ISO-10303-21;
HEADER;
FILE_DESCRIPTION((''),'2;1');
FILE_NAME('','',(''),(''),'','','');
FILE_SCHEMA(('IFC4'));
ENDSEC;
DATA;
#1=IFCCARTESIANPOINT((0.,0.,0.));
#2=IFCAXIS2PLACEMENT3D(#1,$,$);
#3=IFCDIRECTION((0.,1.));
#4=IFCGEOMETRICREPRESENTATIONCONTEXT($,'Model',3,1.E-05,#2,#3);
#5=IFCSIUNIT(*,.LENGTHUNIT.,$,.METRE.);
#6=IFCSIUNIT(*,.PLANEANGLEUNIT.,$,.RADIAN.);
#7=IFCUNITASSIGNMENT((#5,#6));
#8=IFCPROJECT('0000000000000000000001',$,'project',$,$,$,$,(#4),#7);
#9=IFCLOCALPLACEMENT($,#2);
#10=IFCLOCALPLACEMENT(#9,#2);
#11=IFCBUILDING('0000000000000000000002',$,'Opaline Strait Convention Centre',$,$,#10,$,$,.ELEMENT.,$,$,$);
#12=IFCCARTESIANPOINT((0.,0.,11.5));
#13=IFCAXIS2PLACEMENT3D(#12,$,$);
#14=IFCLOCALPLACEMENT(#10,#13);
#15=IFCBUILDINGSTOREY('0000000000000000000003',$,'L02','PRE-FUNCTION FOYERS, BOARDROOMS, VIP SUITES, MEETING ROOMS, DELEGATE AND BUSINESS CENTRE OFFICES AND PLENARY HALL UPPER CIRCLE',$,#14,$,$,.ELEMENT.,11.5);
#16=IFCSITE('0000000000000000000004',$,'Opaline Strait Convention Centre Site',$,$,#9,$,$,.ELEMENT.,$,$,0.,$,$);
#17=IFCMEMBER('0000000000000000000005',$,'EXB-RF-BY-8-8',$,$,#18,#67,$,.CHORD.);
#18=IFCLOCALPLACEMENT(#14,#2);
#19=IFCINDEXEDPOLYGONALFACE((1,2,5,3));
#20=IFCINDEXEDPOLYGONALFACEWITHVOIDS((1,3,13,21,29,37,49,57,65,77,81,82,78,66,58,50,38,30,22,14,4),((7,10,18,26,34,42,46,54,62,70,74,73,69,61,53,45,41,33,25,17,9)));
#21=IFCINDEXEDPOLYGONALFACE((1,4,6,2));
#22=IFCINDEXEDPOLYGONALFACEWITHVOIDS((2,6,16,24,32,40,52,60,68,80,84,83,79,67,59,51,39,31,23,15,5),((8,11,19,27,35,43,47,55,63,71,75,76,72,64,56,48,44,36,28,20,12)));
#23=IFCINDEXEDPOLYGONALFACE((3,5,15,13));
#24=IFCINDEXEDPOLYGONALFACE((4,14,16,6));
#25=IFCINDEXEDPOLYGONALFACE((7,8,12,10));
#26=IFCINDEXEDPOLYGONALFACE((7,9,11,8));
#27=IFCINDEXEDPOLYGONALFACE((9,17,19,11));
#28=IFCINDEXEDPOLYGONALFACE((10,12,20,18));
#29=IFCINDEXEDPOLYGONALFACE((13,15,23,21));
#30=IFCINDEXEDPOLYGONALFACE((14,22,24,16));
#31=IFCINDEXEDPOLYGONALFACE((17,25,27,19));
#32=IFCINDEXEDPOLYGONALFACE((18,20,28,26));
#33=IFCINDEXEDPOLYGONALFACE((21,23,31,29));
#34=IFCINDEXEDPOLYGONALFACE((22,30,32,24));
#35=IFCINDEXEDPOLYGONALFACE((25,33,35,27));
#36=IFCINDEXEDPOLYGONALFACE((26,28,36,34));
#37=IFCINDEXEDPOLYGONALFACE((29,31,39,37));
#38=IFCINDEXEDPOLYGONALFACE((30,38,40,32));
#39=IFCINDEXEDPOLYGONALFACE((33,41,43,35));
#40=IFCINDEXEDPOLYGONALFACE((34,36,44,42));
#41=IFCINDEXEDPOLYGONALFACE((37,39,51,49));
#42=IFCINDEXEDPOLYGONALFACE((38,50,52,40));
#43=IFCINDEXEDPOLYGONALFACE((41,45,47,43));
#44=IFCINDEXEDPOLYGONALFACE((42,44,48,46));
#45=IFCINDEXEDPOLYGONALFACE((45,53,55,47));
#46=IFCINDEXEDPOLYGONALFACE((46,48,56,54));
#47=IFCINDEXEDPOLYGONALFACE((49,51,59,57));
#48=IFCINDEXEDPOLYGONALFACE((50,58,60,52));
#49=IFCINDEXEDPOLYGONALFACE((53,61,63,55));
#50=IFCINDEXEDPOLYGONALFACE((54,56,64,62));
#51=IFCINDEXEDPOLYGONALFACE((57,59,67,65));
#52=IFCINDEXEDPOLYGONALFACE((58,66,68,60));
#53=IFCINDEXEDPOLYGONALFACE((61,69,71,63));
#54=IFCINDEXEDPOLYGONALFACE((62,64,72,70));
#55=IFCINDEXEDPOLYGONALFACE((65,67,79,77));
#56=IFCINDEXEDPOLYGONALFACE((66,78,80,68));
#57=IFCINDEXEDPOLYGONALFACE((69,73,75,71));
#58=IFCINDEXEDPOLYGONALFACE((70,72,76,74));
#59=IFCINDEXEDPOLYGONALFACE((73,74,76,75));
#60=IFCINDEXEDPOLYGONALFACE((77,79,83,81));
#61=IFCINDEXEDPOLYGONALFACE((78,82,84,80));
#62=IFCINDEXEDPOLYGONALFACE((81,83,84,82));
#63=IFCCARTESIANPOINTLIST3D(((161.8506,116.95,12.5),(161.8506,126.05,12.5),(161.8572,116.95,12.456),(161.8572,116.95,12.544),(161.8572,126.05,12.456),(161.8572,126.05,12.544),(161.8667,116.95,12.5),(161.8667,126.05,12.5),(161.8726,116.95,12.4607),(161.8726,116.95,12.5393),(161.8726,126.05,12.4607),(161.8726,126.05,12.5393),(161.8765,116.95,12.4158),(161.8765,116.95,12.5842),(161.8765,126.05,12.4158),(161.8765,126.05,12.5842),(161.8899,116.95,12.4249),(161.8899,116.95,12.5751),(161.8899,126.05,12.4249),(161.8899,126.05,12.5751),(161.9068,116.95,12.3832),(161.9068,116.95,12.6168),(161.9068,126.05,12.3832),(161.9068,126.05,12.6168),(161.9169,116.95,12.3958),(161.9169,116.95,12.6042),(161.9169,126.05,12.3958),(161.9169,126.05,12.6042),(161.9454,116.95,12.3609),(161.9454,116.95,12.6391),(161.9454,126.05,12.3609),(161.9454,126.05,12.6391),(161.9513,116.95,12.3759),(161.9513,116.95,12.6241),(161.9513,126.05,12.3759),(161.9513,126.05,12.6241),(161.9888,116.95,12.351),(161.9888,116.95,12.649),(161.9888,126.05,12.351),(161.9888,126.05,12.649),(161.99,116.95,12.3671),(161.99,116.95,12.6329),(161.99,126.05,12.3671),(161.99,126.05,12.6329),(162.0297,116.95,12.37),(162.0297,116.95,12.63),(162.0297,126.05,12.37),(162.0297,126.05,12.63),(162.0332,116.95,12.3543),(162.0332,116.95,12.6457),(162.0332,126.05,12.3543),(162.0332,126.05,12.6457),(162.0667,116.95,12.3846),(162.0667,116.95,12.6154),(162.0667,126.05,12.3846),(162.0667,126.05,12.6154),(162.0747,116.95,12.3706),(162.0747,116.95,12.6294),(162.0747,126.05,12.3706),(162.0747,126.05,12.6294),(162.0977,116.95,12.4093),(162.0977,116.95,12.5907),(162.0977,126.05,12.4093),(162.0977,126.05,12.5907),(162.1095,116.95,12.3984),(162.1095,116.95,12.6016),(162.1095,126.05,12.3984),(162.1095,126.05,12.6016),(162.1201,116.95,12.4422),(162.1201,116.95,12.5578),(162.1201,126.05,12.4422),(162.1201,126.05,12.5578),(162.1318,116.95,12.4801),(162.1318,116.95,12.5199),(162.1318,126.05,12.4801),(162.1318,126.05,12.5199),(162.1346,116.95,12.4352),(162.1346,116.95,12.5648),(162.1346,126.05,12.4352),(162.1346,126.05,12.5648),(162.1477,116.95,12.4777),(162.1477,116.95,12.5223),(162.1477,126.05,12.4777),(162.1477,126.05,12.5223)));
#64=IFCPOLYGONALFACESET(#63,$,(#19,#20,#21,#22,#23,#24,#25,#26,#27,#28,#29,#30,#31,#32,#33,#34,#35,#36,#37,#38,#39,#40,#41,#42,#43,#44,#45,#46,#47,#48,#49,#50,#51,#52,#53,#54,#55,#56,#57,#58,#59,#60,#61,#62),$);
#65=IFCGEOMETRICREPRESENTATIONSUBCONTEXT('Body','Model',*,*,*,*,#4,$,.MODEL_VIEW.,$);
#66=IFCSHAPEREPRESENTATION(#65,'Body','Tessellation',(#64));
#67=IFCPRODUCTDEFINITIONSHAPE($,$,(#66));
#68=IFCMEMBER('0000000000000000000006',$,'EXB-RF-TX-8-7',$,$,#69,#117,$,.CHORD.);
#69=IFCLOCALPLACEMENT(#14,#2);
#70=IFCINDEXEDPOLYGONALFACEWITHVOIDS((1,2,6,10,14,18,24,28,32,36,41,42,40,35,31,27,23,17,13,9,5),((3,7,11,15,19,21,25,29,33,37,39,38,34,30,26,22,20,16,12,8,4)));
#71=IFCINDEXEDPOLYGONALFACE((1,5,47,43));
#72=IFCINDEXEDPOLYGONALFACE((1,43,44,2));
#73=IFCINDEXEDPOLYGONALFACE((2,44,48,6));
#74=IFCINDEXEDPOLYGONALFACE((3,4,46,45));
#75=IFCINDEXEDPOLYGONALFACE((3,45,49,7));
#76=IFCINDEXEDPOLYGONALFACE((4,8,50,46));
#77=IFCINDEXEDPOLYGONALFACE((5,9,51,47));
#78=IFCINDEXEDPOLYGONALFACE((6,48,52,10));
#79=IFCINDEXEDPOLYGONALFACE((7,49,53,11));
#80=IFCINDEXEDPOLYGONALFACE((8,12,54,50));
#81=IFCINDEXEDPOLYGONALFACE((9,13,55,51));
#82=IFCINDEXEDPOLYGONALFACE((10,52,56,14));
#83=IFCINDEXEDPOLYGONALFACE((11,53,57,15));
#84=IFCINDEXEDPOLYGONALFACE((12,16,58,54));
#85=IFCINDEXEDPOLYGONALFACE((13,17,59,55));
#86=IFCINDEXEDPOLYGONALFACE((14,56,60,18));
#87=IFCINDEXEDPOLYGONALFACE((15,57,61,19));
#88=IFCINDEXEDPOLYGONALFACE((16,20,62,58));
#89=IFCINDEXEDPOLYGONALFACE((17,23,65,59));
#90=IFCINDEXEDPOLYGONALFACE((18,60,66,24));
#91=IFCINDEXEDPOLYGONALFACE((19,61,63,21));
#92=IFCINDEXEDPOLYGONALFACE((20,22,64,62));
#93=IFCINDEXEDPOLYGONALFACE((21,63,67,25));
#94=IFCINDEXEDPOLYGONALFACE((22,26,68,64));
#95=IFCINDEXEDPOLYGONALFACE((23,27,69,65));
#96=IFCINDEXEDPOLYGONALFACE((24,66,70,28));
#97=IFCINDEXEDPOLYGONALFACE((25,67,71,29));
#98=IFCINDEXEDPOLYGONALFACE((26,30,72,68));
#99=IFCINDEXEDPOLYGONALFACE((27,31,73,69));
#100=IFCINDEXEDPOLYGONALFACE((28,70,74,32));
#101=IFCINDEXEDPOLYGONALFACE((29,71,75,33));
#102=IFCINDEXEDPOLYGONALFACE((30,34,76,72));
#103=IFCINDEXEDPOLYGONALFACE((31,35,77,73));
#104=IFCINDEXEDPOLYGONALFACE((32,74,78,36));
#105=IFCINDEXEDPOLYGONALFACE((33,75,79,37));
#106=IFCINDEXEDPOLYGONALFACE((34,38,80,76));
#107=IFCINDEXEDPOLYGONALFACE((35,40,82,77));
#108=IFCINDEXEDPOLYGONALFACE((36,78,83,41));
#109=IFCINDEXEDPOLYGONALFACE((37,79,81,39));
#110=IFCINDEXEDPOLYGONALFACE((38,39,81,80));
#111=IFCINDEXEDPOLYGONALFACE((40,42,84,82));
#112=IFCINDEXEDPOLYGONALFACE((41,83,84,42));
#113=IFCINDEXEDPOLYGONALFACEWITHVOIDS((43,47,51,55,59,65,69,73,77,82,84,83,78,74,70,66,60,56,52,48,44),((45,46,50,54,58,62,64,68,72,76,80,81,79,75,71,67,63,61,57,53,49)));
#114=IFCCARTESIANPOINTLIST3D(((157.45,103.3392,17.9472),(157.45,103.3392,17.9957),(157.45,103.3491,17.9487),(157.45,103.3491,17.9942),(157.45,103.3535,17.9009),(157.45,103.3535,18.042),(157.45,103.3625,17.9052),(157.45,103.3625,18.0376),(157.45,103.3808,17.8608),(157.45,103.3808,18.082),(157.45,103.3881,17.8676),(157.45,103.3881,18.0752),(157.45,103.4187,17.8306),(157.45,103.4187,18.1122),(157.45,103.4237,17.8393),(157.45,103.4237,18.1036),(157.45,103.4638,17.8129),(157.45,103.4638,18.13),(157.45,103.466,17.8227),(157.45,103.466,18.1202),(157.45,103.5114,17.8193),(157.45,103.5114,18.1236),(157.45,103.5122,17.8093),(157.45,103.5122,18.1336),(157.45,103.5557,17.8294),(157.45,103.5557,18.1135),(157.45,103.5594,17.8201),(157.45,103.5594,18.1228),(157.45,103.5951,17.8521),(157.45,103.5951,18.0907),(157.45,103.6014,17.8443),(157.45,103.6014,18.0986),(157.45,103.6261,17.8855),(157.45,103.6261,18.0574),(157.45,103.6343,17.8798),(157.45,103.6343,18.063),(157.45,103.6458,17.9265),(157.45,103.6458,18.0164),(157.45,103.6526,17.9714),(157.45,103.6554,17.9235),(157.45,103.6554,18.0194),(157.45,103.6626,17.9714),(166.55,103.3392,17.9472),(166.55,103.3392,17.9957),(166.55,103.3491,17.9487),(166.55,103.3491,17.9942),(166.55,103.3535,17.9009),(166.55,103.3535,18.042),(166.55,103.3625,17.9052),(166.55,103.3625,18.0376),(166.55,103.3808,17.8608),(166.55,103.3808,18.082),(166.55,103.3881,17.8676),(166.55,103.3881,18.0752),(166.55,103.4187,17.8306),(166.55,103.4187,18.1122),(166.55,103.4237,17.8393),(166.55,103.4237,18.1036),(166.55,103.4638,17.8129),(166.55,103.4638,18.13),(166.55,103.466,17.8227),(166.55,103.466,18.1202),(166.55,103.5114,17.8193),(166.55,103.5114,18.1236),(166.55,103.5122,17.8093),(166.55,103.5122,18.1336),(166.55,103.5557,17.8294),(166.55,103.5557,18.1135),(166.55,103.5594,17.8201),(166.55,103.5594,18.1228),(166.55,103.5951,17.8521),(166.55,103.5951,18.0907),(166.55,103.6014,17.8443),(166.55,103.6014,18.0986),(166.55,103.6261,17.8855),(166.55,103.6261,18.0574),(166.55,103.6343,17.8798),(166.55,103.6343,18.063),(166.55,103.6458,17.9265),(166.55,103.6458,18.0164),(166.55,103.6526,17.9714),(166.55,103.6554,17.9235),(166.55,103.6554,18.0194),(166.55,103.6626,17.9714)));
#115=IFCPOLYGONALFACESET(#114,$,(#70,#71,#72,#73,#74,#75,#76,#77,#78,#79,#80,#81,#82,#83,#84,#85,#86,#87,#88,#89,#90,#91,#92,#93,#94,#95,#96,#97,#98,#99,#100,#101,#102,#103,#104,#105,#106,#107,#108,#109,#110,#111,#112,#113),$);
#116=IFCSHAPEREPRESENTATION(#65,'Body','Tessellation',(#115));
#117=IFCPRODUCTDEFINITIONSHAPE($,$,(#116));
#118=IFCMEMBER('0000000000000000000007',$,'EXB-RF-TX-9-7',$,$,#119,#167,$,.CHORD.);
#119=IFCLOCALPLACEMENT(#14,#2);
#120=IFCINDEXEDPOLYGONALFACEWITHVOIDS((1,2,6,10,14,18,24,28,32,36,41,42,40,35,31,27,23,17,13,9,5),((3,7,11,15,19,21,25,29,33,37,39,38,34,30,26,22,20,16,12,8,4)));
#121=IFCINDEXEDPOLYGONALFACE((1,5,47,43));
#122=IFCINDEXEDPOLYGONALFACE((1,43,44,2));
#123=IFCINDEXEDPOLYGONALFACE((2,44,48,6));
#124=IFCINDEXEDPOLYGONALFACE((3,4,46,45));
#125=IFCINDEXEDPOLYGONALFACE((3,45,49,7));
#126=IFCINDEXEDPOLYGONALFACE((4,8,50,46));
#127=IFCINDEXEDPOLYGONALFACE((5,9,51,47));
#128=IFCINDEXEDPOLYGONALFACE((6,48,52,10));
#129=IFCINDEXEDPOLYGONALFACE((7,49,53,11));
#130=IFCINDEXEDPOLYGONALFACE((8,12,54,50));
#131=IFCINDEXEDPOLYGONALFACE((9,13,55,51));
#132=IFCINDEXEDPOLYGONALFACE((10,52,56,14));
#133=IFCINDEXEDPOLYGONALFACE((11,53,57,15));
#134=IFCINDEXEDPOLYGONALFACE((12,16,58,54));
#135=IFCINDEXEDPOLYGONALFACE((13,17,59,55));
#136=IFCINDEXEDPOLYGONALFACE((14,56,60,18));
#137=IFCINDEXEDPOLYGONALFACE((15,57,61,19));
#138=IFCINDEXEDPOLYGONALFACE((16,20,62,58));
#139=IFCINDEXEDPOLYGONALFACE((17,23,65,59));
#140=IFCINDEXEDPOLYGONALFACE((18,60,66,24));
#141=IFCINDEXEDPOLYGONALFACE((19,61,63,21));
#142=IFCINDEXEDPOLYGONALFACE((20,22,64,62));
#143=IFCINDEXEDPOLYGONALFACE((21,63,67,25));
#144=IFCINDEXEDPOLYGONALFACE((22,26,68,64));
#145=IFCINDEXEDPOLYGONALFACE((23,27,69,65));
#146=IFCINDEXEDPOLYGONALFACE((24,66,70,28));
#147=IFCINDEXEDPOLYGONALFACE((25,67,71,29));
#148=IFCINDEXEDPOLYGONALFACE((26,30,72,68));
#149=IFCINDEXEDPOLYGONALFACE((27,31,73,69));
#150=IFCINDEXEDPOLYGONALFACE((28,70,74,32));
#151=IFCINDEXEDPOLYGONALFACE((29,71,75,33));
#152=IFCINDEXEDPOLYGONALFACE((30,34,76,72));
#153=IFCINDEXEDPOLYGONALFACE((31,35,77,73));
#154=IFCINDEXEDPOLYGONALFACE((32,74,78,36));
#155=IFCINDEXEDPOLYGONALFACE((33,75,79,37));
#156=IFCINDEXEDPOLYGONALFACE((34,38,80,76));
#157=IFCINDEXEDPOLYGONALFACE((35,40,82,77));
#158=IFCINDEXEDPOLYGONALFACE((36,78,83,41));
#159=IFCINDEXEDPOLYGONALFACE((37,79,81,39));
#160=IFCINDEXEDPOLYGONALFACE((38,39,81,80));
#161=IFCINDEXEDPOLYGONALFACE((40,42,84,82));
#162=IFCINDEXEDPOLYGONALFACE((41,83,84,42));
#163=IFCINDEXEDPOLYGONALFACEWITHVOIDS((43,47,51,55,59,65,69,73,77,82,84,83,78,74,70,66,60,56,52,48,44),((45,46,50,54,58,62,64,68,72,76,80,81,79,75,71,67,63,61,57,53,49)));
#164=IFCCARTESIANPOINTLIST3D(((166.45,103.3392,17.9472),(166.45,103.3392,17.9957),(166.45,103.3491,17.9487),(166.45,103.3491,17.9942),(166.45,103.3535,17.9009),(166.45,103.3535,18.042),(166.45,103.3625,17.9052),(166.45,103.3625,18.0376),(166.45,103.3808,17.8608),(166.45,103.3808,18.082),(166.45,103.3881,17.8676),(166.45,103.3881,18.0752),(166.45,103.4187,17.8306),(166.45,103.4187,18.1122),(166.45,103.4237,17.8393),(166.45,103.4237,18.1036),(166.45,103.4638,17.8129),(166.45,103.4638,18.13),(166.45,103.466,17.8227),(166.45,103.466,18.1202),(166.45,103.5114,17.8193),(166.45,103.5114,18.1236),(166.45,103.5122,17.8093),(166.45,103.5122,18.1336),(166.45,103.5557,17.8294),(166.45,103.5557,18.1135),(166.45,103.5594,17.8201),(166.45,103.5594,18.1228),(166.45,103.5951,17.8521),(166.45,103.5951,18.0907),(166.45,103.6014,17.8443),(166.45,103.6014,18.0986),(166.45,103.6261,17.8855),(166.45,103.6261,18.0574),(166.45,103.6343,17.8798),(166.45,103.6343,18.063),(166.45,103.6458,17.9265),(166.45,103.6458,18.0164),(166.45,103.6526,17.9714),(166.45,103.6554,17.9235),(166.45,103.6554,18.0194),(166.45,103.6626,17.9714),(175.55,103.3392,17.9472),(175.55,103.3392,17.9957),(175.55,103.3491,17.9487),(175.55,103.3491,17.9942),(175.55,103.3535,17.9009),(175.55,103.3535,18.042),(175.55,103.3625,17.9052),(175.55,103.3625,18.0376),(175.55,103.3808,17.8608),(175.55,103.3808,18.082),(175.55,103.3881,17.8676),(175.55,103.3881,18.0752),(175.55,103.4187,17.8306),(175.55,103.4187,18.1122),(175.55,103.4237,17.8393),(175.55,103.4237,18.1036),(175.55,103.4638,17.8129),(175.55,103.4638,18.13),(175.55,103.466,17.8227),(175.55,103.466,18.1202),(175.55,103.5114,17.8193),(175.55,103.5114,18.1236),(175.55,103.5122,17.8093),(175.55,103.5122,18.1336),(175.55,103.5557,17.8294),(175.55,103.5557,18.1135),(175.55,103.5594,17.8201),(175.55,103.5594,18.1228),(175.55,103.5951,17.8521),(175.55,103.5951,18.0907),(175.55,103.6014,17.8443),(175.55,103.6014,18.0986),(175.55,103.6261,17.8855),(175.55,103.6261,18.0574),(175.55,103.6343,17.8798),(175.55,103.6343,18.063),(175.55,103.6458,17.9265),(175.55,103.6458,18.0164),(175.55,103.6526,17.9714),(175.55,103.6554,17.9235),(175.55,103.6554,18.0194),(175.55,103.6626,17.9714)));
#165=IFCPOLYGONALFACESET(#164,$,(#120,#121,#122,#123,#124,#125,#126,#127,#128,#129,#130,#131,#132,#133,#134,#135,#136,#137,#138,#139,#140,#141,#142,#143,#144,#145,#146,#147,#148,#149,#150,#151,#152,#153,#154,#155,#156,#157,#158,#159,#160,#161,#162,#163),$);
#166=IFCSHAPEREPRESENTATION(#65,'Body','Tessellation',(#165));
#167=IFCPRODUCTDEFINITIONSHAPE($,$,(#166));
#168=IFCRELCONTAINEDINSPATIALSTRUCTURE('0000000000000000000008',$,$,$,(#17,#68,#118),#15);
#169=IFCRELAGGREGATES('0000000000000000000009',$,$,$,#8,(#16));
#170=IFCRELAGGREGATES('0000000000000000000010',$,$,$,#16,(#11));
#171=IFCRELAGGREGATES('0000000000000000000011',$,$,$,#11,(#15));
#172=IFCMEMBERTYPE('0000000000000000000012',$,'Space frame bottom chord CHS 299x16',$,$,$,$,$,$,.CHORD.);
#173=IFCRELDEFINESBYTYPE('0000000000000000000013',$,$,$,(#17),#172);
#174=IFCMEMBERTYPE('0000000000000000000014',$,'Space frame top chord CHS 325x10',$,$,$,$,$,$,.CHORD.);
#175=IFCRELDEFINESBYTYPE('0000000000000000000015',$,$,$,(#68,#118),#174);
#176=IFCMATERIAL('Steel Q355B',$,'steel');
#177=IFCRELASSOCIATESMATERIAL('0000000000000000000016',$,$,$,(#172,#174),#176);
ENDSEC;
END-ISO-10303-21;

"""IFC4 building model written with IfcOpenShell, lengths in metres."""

from ifc_helpers import new_model, si_unit, direction, frame, origin, origin_2d, place, context, subcontext, project, spatial, hollow_circle, extrude, material, material_profile, profile_set, type_object, element, save


model = new_model("IFC4")

# Units and contexts
model_context = context("Model", 3, precision=1e-05, world=origin(), true_north=direction((0.0, 1.0)))
body_context = subcontext(model_context, "Body", "Model", "MODEL_VIEW")
ifc_project = project(units=[si_unit("LENGTHUNIT", "METRE"), si_unit("PLANEANGLEUNIT", "RADIAN")], contexts=[model_context])

# Site, building, storey
site_placement = place(None, origin())
site = spatial("IfcSite", under=ifc_project, at=site_placement, Name="Opaline Strait Convention Centre Site", CompositionType="ELEMENT", RefElevation=0.0)
building_placement = place(site_placement, origin())
building = spatial("IfcBuilding", under=site, at=building_placement, Name="Opaline Strait Convention Centre", CompositionType="ELEMENT")
storey_placement = place(building_placement, frame((0.0, 0.0, 11.5)))
storey = spatial("IfcBuildingStorey", under=building, at=storey_placement, Name="L02", Description="PRE-FUNCTION FOYERS, BOARDROOMS, VIP SUITES, MEETING ROOMS, DELEGATE AND BUSINESS CENTRE OFFICES AND PLENARY HALL UPPER CIRCLE", CompositionType="ELEMENT", Elevation=11.5)

# Members
ifc_material_1 = material(Name="Steel Q355B", Category="steel")
ifc_material_profile_1 = material_profile(ifc_material_1, hollow_circle(Radius=0.1494, WallThickness=0.0161, at=origin_2d()), Name="CHS 299x16")
ifc_profile_set_1 = profile_set([ifc_material_profile_1], Name="Steel Q355B")
member_type_1 = type_object("IfcMemberType", Name="Space frame bottom chord CHS 299x16", PredefinedType="CHORD", material=ifc_profile_set_1)
for number, where, z_axis, x_axis, name in (
    (1, (162.0, 116.95, 12.5), (0.0, 1.0, 0.0), (-1.0, 0.0, 0.0), "EXB-RF-BY-8-8"),
):
    element("IfcMember", number, at=place(storey_placement, frame(where, z_axis=z_axis, x_axis=x_axis)), inside=storey, type_object=member_type_1, Name=name, PredefinedType="CHORD", context=body_context, shape_type="SweptSolid", body=[
        extrude(hollow_circle(Radius=0.1494, WallThickness=0.0161, at=origin_2d()), origin(), (0.0, 0.0, 1.0), 9.1001),
    ])
ifc_material_profile_2 = material_profile(ifc_material_1, hollow_circle(Radius=0.1626, WallThickness=0.01, at=origin_2d()), Name="CHS 325x10")
ifc_profile_set_2 = profile_set([ifc_material_profile_2], Name="Steel Q355B")
member_type_2 = type_object("IfcMemberType", Name="Space frame top chord CHS 325x10", PredefinedType="CHORD", material=ifc_profile_set_2)
for number, where, z_axis, x_axis, name in (
    (2, (157.45, 103.5, 17.9714), (1.0, 0.0, 0.0), (0.0, 1.0, 0.0), "EXB-RF-TX-8-7"),
    (3, (166.45, 103.5, 17.9714), (1.0, 0.0, 0.0), (0.0, 1.0, 0.0), "EXB-RF-TX-9-7"),
):
    element("IfcMember", number, at=place(storey_placement, frame(where, z_axis=z_axis, x_axis=x_axis)), inside=storey, type_object=member_type_2, Name=name, PredefinedType="CHORD", context=body_context, shape_type="SweptSolid", body=[
        extrude(hollow_circle(Radius=0.1626, WallThickness=0.01, at=origin_2d()), origin(), (0.0, 0.0, 1.0), 9.1001),
    ])

save(model, "model.ifc")
